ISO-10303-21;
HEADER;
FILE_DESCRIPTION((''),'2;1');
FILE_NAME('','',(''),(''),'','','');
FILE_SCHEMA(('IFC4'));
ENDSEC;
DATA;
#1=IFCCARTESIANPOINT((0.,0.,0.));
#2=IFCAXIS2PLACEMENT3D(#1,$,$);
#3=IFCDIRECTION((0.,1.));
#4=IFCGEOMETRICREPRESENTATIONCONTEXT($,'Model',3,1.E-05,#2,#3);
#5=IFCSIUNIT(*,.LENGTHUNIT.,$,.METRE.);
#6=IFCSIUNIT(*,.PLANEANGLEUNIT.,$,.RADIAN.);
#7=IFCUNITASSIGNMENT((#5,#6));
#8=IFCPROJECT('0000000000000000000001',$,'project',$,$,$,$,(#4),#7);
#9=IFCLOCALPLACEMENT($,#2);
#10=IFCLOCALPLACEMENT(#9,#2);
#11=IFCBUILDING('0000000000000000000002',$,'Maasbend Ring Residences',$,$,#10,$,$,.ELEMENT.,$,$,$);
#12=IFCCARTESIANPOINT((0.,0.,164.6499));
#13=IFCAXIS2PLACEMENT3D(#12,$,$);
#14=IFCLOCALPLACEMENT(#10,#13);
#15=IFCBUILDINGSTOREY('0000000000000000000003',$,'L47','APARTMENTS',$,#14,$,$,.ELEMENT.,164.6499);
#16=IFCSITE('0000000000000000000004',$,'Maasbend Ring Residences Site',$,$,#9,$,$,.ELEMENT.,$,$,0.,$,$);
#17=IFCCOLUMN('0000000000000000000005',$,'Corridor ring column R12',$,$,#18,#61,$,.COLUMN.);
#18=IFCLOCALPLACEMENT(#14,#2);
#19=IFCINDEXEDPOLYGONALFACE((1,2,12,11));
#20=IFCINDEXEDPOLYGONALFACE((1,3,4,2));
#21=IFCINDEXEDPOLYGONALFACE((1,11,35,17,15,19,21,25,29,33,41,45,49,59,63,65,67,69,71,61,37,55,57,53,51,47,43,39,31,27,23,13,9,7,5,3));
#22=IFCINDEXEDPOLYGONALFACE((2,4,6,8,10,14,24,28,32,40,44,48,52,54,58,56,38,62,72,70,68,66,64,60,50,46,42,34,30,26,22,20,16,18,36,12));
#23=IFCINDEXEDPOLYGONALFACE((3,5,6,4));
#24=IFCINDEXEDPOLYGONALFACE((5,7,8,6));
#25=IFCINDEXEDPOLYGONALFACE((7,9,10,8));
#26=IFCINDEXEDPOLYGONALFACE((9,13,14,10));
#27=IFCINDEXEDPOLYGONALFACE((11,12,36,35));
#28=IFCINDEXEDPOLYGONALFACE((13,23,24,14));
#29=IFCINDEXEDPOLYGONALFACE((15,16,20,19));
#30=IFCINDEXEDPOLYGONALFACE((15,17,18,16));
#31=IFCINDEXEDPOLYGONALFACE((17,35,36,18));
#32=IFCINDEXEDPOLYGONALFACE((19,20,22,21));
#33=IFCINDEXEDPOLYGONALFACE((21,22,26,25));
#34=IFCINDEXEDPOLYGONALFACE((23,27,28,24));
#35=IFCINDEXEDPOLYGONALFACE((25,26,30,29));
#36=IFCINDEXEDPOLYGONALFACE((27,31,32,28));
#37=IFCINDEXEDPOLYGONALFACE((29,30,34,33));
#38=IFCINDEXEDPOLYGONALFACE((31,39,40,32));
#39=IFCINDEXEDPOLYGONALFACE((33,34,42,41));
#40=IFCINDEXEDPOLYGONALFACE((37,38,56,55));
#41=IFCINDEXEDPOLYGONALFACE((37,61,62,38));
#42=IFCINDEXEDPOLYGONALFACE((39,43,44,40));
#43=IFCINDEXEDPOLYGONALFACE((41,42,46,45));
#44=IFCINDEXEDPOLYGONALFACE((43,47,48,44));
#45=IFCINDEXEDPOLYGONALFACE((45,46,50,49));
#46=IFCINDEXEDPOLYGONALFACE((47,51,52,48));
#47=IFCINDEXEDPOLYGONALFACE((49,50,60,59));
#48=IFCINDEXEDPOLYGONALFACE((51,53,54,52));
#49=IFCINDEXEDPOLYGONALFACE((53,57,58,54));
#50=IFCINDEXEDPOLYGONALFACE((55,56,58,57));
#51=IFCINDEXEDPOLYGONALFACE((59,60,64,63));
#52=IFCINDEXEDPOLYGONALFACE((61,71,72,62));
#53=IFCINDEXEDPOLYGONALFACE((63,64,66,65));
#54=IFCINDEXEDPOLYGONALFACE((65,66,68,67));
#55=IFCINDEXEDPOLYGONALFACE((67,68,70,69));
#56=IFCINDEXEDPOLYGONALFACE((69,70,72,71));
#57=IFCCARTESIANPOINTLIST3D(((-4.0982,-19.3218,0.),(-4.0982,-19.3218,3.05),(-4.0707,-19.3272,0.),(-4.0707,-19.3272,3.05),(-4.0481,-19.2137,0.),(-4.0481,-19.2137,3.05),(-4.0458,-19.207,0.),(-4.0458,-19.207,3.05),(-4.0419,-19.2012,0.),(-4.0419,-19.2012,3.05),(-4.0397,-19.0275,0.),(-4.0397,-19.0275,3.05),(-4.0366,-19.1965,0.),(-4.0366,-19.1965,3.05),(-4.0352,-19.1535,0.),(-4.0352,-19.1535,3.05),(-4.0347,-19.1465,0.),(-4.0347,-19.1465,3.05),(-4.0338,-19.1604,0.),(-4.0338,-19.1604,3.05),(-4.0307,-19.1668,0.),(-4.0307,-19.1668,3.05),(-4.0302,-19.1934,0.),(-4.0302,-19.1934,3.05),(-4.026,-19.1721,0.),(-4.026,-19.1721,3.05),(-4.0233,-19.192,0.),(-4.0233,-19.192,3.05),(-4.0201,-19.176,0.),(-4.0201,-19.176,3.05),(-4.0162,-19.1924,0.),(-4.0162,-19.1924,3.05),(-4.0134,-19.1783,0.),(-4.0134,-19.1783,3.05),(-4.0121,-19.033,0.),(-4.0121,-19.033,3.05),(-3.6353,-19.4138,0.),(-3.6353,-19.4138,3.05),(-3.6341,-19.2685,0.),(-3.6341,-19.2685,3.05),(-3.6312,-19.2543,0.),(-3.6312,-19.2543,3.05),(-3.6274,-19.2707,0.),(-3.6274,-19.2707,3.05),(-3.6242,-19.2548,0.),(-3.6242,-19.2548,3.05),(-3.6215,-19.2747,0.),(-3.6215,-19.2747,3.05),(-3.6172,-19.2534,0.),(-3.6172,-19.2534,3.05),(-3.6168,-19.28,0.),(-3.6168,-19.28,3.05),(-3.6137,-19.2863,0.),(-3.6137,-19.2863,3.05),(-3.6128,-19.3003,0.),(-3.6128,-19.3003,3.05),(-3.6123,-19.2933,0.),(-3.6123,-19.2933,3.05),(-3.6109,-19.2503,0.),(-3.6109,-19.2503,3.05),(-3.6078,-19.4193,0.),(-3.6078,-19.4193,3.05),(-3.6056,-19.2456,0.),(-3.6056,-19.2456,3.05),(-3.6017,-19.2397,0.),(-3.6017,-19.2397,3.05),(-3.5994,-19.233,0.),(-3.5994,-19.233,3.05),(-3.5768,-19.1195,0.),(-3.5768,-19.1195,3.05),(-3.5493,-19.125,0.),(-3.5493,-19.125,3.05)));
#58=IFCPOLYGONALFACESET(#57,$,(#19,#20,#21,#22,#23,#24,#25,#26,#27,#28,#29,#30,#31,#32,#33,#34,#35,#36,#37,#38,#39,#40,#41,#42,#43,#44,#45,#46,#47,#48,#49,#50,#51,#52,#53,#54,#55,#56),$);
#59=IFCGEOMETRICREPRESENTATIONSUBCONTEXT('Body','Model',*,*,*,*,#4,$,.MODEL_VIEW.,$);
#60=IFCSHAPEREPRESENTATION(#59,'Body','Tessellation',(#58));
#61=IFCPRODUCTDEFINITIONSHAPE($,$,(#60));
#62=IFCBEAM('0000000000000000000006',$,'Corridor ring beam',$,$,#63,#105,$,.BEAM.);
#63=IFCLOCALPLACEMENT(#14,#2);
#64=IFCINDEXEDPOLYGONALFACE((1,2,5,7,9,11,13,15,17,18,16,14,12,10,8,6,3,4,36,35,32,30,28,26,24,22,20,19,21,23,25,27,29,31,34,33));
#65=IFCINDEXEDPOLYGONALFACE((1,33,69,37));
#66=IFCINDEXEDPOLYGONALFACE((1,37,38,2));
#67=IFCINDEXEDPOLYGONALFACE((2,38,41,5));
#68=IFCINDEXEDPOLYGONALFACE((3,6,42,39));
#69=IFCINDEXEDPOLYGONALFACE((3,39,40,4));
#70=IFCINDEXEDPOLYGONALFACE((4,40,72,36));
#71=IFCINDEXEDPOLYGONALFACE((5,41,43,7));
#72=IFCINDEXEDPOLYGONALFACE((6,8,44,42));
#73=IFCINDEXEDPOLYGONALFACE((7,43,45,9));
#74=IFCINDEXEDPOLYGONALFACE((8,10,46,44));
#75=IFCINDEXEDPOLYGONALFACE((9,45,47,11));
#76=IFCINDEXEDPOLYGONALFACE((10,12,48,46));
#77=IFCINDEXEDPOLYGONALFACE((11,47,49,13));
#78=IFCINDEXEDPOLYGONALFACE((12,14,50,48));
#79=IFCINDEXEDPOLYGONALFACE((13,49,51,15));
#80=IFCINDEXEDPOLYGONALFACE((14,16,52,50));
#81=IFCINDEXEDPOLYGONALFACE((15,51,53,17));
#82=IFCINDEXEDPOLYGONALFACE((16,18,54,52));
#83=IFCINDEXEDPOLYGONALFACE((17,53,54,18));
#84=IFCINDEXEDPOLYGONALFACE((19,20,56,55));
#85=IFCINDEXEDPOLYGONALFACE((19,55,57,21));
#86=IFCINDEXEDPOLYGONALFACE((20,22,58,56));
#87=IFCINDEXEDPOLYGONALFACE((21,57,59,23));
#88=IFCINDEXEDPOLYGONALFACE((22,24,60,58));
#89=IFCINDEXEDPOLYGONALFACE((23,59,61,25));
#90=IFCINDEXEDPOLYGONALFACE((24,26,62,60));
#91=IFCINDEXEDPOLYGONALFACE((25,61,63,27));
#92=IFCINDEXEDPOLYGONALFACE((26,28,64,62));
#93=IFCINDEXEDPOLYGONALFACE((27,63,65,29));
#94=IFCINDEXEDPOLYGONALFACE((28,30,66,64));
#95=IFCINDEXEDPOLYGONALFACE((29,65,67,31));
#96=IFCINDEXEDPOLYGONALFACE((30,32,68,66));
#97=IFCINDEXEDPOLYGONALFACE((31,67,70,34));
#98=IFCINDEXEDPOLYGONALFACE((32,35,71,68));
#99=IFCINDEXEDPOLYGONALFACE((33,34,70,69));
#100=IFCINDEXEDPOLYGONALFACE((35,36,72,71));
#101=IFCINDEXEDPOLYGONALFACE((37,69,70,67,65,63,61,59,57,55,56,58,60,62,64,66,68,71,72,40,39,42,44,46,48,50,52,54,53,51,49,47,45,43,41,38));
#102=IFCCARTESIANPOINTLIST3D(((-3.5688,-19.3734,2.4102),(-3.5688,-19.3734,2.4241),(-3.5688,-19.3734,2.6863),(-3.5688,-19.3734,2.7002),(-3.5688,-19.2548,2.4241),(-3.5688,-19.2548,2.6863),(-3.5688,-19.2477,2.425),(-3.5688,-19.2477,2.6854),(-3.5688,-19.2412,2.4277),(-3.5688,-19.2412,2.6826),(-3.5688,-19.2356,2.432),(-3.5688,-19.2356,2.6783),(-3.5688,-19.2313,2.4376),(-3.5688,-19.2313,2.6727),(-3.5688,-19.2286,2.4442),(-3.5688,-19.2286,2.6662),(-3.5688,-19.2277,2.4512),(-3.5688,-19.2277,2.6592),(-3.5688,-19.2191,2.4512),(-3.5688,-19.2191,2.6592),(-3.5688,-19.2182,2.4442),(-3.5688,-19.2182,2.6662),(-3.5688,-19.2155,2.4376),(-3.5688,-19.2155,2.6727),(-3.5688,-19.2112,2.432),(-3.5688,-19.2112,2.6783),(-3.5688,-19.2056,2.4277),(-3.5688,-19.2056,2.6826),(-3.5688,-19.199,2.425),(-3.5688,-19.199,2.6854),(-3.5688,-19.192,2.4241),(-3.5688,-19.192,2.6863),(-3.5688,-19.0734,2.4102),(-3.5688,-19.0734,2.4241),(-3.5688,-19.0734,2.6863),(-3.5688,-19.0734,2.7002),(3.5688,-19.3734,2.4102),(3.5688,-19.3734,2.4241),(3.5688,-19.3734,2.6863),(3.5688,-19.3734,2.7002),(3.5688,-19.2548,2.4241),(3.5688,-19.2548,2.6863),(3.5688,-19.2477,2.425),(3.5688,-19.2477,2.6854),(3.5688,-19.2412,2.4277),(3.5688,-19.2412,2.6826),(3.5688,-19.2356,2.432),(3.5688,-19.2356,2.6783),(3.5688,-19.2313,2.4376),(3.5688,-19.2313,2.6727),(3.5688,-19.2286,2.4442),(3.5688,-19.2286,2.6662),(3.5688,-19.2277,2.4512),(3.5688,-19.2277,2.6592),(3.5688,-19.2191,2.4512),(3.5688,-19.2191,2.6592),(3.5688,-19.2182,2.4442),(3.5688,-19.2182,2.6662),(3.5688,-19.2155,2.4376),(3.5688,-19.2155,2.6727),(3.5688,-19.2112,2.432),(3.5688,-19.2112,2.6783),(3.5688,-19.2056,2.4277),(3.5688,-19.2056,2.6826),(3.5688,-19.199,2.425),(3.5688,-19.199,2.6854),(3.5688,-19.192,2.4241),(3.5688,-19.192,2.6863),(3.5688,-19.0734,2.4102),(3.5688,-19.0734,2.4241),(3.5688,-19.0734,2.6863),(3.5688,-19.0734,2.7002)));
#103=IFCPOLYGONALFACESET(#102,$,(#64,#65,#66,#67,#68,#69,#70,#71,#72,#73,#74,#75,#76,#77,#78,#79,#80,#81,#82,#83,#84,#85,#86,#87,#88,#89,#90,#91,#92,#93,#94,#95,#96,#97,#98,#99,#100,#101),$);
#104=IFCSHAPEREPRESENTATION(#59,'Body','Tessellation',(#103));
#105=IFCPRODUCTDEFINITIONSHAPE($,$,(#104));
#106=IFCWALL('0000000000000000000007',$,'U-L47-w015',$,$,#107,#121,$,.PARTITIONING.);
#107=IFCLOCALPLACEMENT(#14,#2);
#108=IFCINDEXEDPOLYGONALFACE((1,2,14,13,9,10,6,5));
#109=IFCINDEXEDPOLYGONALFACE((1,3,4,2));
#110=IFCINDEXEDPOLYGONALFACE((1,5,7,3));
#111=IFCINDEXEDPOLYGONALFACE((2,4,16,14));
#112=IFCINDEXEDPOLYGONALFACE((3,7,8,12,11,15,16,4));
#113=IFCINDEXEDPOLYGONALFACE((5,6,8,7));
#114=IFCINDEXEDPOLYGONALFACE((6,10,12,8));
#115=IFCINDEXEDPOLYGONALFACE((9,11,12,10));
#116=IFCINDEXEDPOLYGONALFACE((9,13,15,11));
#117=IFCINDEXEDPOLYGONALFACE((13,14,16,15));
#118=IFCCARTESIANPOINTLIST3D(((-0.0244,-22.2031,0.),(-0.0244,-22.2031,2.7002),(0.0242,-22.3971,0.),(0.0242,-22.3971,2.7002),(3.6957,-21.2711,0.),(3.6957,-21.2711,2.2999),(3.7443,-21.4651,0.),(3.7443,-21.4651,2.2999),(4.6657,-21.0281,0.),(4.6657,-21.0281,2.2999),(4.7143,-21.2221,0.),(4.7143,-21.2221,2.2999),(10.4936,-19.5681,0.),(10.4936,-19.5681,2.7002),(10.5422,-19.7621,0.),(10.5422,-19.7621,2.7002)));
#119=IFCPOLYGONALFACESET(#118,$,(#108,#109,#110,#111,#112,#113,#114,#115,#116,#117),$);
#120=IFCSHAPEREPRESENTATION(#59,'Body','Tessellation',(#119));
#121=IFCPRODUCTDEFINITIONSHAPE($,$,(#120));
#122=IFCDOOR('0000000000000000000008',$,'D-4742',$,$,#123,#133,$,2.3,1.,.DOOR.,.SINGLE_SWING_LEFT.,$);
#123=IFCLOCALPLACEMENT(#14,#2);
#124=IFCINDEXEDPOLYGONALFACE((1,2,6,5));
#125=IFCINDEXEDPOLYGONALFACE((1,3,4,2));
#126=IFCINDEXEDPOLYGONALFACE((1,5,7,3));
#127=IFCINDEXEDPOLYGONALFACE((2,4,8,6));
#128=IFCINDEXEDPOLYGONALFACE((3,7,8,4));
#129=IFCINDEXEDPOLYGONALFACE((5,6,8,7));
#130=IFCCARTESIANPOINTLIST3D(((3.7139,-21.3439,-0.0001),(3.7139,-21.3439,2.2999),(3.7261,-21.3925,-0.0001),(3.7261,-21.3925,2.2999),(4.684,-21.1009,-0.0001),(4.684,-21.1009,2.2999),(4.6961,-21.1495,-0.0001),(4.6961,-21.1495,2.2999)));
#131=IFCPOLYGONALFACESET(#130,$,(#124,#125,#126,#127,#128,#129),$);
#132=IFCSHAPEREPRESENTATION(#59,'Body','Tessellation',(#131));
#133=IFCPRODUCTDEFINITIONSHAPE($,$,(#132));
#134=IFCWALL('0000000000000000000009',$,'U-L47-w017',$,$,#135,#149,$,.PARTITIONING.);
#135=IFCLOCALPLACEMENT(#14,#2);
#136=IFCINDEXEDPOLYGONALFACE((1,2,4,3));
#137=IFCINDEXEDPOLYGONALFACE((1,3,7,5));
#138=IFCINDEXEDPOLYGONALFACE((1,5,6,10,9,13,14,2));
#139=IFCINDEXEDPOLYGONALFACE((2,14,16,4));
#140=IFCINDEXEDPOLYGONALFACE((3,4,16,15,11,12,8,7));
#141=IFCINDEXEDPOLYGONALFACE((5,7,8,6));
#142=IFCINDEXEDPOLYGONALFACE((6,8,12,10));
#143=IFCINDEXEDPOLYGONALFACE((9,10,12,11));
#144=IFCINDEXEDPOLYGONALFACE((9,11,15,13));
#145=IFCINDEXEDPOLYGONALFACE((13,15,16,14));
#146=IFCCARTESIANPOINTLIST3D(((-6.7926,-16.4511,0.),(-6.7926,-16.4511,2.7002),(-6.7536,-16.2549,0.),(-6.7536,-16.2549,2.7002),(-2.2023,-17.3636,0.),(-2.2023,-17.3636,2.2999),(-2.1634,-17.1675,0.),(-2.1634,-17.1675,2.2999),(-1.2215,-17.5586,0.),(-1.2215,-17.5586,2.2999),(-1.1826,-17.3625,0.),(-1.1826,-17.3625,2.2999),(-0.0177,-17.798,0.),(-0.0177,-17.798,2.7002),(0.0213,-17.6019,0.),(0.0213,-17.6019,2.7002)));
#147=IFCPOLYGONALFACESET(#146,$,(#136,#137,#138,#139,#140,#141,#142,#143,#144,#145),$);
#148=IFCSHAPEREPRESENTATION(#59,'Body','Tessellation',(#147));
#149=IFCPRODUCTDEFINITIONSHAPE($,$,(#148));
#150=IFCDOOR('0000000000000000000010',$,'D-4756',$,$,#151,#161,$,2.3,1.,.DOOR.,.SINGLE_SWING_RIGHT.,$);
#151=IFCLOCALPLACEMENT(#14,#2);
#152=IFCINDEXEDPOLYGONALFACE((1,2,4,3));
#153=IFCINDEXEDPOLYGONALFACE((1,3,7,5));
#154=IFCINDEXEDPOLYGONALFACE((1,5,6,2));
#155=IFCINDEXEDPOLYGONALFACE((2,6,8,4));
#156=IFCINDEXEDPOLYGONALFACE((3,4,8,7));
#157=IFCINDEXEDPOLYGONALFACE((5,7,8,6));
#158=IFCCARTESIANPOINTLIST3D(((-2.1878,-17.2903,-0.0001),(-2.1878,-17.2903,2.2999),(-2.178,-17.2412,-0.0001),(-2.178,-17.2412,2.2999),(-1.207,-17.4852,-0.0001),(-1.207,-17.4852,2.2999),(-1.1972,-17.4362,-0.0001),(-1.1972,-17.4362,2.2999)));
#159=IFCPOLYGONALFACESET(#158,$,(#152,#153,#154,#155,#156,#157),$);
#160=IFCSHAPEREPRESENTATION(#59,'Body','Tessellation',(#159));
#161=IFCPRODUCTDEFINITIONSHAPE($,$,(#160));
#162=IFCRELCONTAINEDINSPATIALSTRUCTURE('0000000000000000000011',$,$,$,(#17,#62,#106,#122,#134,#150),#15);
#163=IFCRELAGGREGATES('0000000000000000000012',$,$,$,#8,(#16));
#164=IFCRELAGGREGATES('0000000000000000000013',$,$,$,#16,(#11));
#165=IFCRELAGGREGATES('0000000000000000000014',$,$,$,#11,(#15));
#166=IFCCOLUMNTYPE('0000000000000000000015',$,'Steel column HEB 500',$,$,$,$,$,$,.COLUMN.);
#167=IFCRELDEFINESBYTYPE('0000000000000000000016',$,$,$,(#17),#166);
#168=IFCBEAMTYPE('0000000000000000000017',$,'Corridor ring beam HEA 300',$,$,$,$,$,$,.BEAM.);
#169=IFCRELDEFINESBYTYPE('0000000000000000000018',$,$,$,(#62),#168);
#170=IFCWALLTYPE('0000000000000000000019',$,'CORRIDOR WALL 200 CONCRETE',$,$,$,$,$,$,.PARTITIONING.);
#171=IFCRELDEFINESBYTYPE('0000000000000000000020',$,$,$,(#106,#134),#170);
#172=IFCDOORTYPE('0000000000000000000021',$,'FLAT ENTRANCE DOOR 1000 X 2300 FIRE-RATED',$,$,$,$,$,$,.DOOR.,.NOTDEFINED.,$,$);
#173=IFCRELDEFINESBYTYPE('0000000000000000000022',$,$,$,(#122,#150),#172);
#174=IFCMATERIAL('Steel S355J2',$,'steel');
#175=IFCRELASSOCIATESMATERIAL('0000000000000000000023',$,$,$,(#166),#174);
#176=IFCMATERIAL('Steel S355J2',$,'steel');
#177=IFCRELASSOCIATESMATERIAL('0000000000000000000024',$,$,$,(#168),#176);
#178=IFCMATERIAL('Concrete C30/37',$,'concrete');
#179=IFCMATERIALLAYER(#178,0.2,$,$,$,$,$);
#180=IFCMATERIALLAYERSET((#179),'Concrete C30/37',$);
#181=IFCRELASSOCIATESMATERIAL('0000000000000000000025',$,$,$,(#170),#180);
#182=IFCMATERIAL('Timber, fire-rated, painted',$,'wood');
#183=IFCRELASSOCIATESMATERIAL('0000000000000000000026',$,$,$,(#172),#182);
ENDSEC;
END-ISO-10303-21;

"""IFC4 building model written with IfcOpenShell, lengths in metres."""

from ifc_helpers import new_model, si_unit, direction, frame, frame_2d, origin, origin_2d, place, context, subcontext, project, spatial, rectangle, i_section, extrude, material, layer, layer_set, material_profile, profile_set, type_object, element, fill, save


model = new_model("IFC4")

# Units and contexts
model_context = context("Model", 3, precision=1e-05, world=origin(), true_north=direction((0.0, 1.0)))
body_context = subcontext(model_context, "Body", "Model", "MODEL_VIEW")
ifc_project = project(units=[si_unit("LENGTHUNIT", "METRE"), si_unit("PLANEANGLEUNIT", "RADIAN")], contexts=[model_context])

# Site, building, storey
site_placement = place(None, origin())
site = spatial("IfcSite", under=ifc_project, at=site_placement, Name="Maasbend Ring Residences Site", CompositionType="ELEMENT", RefElevation=0.0)
building_placement = place(site_placement, origin())
building = spatial("IfcBuilding", under=site, at=building_placement, Name="Maasbend Ring Residences", CompositionType="ELEMENT")
storey_placement = place(building_placement, frame((0.0, 0.0, 164.6499)))
storey = spatial("IfcBuildingStorey", under=building, at=storey_placement, Name="L47", Description="APARTMENTS", CompositionType="ELEMENT", Elevation=164.6499)

# Column
ifc_material_1 = material(Name="Steel S355J2", Category="steel")
ifc_material_profile_1 = material_profile(ifc_material_1, i_section(OverallWidth=0.3, OverallDepth=0.5, WebThickness=0.0144, FlangeThickness=0.0281, FilletRadius=0.0271, at=origin_2d()), Name="HEB 500")
ifc_profile_set_1 = profile_set([ifc_material_profile_1], Name="Steel S355J2")
column_type = type_object("IfcColumnType", Name="Steel column HEB 500", PredefinedType="COLUMN", material=ifc_profile_set_1)
column_placement = place(storey_placement, frame((-3.8237, -19.2234, 0.0), z_axis=(0.0, 0.0, 1.0), x_axis=(-0.19509, -0.980785, 0.0)))
element("IfcColumn", 1, at=column_placement, inside=storey, type_object=column_type, Name="Corridor ring column R12", PredefinedType="COLUMN", context=body_context, shape_type="SweptSolid", body=[
    extrude(i_section(OverallWidth=0.3, OverallDepth=0.5, WebThickness=0.0144, FlangeThickness=0.0281, FilletRadius=0.0271, at=origin_2d()), origin(), (0.0, 0.0, 1.0), 3.05),
])

# Beam
ifc_material_2 = material(Name="Steel S355J2", Category="steel")
ifc_material_profile_2 = material_profile(ifc_material_2, i_section(OverallWidth=0.3, OverallDepth=0.29, WebThickness=0.0085, FlangeThickness=0.0139, FilletRadius=0.0271, at=origin_2d()), Name="HEA 300")
ifc_profile_set_2 = profile_set([ifc_material_profile_2], Name="Steel S355J2")
beam_type = type_object("IfcBeamType", Name="Corridor ring beam HEA 300", PredefinedType="BEAM", material=ifc_profile_set_2)
beam_placement = place(storey_placement, frame((-3.5688, -19.2234, 2.5552), z_axis=(1.0, 0.0, 0.0), x_axis=(0.0, 1.0, 0.0)))
element("IfcBeam", 2, at=beam_placement, inside=storey, type_object=beam_type, Name="Corridor ring beam", PredefinedType="BEAM", context=body_context, shape_type="SweptSolid", body=[
    extrude(i_section(OverallWidth=0.3, OverallDepth=0.29, WebThickness=0.0085, FlangeThickness=0.0139, FilletRadius=0.0271, at=origin_2d()), origin(), (0.0, 0.0, 1.0), 7.1377),
])

# Walls, openings, doors
ifc_material_3 = material(Name="Concrete C30/37", Category="concrete")
ifc_layer_1 = layer(ifc_material_3, 0.2)
ifc_layer_set_1 = layer_set([ifc_layer_1], Name="Concrete C30/37")
wall_type_1 = type_object("IfcWallType", Name="CORRIDOR WALL 200 CONCRETE", PredefinedType="PARTITIONING", material=ifc_layer_set_1)
wall_1_placement = place(storey_placement, frame((0.0, -22.3, 0.0), z_axis=(0.0, 0.0, 1.0), x_axis=(0.970023, 0.243012, 0.0)))
wall_1 = element("IfcWall", 3, at=wall_1_placement, inside=storey, type_object=wall_type_1, Name="U-L47-w015", PredefinedType="PARTITIONING", context=body_context, shape_type="SweptSolid", body=[
    extrude(rectangle(XDim=10.843, YDim=0.2, at=frame_2d((5.4214, 0.0))), origin(), (0.0, 0.0, 1.0), 2.7002),
])
opening_1_placement = place(wall_1_placement, frame((3.835, 0.0, 0.0)))
opening_1 = element("IfcOpeningElement", 4, at=opening_1_placement, cuts=wall_1, PredefinedType="OPENING", context=body_context, shape_type="SweptSolid", body=[
    extrude(rectangle(XDim=1.0, YDim=2.3, at=frame_2d((0.5, 1.1499))), frame((0.0, 0.1099, 0.0), z_axis=(0.0, -1.0, 0.0), x_axis=(1.0, 0.0, 0.0)), (0.0, 0.0, 1.0), 0.22),
])
ifc_material_4 = material(Name="Timber, fire-rated, painted", Category="wood")
door_type_1 = type_object("IfcDoorType", Name="FLAT ENTRANCE DOOR 1000 X 2300 FIRE-RATED", OperationType="NOTDEFINED", PredefinedType="DOOR", material=ifc_material_4)
door_1_placement = place(opening_1_placement, origin())
door_1 = element("IfcDoor", 5, at=door_1_placement, inside=storey, type_object=door_type_1, Name="D-4742", OperationType="SINGLE_SWING_LEFT", OverallHeight=2.3, OverallWidth=1.0, PredefinedType="DOOR", context=body_context, shape_type="SweptSolid", body=[
    extrude(rectangle(XDim=1.0, YDim=2.3, at=frame_2d((0.5, 1.1499))), frame((0.0, 0.0249, 0.0), z_axis=(0.0, -1.0, 0.0), x_axis=(1.0, 0.0, 0.0)), (0.0, 0.0, 1.0), 0.05),
])
fill(opening_1, door_1)
wall_2_placement = place(storey_placement, frame((-6.7729, -16.353, 0.0), z_axis=(0.0, 0.0, 1.0), x_axis=(0.980804, -0.194995, 0.0)))
wall_2 = element("IfcWall", 6, at=wall_2_placement, inside=storey, type_object=wall_type_1, Name="U-L47-w017", PredefinedType="PARTITIONING", context=body_context, shape_type="SweptSolid", body=[
    extrude(rectangle(XDim=6.9075, YDim=0.2, at=frame_2d((3.4536, 0.0))), origin(), (0.0, 0.0, 1.0), 2.7002),
])
opening_2_placement = place(wall_2_placement, frame((4.6799, 0.0, 0.0)))
opening_2 = element("IfcOpeningElement", 7, at=opening_2_placement, cuts=wall_2, PredefinedType="OPENING", context=body_context, shape_type="SweptSolid", body=[
    extrude(rectangle(XDim=1.0, YDim=2.3, at=frame_2d((0.5, 1.1499))), frame((0.0, 0.1099, 0.0), z_axis=(0.0, -1.0, 0.0), x_axis=(1.0, 0.0, 0.0)), (0.0, 0.0, 1.0), 0.22),
])
door_2_placement = place(opening_2_placement, origin())
door_2 = element("IfcDoor", 8, at=door_2_placement, inside=storey, type_object=door_type_1, Name="D-4756", OperationType="SINGLE_SWING_RIGHT", OverallHeight=2.3, OverallWidth=1.0, PredefinedType="DOOR", context=body_context, shape_type="SweptSolid", body=[
    extrude(rectangle(XDim=1.0, YDim=2.3, at=frame_2d((0.5, 1.1499))), frame((0.0, 0.0249, 0.0), z_axis=(0.0, -1.0, 0.0), x_axis=(1.0, 0.0, 0.0)), (0.0, 0.0, 1.0), 0.05),
])
fill(opening_2, door_2)

save(model, "model.ifc")
